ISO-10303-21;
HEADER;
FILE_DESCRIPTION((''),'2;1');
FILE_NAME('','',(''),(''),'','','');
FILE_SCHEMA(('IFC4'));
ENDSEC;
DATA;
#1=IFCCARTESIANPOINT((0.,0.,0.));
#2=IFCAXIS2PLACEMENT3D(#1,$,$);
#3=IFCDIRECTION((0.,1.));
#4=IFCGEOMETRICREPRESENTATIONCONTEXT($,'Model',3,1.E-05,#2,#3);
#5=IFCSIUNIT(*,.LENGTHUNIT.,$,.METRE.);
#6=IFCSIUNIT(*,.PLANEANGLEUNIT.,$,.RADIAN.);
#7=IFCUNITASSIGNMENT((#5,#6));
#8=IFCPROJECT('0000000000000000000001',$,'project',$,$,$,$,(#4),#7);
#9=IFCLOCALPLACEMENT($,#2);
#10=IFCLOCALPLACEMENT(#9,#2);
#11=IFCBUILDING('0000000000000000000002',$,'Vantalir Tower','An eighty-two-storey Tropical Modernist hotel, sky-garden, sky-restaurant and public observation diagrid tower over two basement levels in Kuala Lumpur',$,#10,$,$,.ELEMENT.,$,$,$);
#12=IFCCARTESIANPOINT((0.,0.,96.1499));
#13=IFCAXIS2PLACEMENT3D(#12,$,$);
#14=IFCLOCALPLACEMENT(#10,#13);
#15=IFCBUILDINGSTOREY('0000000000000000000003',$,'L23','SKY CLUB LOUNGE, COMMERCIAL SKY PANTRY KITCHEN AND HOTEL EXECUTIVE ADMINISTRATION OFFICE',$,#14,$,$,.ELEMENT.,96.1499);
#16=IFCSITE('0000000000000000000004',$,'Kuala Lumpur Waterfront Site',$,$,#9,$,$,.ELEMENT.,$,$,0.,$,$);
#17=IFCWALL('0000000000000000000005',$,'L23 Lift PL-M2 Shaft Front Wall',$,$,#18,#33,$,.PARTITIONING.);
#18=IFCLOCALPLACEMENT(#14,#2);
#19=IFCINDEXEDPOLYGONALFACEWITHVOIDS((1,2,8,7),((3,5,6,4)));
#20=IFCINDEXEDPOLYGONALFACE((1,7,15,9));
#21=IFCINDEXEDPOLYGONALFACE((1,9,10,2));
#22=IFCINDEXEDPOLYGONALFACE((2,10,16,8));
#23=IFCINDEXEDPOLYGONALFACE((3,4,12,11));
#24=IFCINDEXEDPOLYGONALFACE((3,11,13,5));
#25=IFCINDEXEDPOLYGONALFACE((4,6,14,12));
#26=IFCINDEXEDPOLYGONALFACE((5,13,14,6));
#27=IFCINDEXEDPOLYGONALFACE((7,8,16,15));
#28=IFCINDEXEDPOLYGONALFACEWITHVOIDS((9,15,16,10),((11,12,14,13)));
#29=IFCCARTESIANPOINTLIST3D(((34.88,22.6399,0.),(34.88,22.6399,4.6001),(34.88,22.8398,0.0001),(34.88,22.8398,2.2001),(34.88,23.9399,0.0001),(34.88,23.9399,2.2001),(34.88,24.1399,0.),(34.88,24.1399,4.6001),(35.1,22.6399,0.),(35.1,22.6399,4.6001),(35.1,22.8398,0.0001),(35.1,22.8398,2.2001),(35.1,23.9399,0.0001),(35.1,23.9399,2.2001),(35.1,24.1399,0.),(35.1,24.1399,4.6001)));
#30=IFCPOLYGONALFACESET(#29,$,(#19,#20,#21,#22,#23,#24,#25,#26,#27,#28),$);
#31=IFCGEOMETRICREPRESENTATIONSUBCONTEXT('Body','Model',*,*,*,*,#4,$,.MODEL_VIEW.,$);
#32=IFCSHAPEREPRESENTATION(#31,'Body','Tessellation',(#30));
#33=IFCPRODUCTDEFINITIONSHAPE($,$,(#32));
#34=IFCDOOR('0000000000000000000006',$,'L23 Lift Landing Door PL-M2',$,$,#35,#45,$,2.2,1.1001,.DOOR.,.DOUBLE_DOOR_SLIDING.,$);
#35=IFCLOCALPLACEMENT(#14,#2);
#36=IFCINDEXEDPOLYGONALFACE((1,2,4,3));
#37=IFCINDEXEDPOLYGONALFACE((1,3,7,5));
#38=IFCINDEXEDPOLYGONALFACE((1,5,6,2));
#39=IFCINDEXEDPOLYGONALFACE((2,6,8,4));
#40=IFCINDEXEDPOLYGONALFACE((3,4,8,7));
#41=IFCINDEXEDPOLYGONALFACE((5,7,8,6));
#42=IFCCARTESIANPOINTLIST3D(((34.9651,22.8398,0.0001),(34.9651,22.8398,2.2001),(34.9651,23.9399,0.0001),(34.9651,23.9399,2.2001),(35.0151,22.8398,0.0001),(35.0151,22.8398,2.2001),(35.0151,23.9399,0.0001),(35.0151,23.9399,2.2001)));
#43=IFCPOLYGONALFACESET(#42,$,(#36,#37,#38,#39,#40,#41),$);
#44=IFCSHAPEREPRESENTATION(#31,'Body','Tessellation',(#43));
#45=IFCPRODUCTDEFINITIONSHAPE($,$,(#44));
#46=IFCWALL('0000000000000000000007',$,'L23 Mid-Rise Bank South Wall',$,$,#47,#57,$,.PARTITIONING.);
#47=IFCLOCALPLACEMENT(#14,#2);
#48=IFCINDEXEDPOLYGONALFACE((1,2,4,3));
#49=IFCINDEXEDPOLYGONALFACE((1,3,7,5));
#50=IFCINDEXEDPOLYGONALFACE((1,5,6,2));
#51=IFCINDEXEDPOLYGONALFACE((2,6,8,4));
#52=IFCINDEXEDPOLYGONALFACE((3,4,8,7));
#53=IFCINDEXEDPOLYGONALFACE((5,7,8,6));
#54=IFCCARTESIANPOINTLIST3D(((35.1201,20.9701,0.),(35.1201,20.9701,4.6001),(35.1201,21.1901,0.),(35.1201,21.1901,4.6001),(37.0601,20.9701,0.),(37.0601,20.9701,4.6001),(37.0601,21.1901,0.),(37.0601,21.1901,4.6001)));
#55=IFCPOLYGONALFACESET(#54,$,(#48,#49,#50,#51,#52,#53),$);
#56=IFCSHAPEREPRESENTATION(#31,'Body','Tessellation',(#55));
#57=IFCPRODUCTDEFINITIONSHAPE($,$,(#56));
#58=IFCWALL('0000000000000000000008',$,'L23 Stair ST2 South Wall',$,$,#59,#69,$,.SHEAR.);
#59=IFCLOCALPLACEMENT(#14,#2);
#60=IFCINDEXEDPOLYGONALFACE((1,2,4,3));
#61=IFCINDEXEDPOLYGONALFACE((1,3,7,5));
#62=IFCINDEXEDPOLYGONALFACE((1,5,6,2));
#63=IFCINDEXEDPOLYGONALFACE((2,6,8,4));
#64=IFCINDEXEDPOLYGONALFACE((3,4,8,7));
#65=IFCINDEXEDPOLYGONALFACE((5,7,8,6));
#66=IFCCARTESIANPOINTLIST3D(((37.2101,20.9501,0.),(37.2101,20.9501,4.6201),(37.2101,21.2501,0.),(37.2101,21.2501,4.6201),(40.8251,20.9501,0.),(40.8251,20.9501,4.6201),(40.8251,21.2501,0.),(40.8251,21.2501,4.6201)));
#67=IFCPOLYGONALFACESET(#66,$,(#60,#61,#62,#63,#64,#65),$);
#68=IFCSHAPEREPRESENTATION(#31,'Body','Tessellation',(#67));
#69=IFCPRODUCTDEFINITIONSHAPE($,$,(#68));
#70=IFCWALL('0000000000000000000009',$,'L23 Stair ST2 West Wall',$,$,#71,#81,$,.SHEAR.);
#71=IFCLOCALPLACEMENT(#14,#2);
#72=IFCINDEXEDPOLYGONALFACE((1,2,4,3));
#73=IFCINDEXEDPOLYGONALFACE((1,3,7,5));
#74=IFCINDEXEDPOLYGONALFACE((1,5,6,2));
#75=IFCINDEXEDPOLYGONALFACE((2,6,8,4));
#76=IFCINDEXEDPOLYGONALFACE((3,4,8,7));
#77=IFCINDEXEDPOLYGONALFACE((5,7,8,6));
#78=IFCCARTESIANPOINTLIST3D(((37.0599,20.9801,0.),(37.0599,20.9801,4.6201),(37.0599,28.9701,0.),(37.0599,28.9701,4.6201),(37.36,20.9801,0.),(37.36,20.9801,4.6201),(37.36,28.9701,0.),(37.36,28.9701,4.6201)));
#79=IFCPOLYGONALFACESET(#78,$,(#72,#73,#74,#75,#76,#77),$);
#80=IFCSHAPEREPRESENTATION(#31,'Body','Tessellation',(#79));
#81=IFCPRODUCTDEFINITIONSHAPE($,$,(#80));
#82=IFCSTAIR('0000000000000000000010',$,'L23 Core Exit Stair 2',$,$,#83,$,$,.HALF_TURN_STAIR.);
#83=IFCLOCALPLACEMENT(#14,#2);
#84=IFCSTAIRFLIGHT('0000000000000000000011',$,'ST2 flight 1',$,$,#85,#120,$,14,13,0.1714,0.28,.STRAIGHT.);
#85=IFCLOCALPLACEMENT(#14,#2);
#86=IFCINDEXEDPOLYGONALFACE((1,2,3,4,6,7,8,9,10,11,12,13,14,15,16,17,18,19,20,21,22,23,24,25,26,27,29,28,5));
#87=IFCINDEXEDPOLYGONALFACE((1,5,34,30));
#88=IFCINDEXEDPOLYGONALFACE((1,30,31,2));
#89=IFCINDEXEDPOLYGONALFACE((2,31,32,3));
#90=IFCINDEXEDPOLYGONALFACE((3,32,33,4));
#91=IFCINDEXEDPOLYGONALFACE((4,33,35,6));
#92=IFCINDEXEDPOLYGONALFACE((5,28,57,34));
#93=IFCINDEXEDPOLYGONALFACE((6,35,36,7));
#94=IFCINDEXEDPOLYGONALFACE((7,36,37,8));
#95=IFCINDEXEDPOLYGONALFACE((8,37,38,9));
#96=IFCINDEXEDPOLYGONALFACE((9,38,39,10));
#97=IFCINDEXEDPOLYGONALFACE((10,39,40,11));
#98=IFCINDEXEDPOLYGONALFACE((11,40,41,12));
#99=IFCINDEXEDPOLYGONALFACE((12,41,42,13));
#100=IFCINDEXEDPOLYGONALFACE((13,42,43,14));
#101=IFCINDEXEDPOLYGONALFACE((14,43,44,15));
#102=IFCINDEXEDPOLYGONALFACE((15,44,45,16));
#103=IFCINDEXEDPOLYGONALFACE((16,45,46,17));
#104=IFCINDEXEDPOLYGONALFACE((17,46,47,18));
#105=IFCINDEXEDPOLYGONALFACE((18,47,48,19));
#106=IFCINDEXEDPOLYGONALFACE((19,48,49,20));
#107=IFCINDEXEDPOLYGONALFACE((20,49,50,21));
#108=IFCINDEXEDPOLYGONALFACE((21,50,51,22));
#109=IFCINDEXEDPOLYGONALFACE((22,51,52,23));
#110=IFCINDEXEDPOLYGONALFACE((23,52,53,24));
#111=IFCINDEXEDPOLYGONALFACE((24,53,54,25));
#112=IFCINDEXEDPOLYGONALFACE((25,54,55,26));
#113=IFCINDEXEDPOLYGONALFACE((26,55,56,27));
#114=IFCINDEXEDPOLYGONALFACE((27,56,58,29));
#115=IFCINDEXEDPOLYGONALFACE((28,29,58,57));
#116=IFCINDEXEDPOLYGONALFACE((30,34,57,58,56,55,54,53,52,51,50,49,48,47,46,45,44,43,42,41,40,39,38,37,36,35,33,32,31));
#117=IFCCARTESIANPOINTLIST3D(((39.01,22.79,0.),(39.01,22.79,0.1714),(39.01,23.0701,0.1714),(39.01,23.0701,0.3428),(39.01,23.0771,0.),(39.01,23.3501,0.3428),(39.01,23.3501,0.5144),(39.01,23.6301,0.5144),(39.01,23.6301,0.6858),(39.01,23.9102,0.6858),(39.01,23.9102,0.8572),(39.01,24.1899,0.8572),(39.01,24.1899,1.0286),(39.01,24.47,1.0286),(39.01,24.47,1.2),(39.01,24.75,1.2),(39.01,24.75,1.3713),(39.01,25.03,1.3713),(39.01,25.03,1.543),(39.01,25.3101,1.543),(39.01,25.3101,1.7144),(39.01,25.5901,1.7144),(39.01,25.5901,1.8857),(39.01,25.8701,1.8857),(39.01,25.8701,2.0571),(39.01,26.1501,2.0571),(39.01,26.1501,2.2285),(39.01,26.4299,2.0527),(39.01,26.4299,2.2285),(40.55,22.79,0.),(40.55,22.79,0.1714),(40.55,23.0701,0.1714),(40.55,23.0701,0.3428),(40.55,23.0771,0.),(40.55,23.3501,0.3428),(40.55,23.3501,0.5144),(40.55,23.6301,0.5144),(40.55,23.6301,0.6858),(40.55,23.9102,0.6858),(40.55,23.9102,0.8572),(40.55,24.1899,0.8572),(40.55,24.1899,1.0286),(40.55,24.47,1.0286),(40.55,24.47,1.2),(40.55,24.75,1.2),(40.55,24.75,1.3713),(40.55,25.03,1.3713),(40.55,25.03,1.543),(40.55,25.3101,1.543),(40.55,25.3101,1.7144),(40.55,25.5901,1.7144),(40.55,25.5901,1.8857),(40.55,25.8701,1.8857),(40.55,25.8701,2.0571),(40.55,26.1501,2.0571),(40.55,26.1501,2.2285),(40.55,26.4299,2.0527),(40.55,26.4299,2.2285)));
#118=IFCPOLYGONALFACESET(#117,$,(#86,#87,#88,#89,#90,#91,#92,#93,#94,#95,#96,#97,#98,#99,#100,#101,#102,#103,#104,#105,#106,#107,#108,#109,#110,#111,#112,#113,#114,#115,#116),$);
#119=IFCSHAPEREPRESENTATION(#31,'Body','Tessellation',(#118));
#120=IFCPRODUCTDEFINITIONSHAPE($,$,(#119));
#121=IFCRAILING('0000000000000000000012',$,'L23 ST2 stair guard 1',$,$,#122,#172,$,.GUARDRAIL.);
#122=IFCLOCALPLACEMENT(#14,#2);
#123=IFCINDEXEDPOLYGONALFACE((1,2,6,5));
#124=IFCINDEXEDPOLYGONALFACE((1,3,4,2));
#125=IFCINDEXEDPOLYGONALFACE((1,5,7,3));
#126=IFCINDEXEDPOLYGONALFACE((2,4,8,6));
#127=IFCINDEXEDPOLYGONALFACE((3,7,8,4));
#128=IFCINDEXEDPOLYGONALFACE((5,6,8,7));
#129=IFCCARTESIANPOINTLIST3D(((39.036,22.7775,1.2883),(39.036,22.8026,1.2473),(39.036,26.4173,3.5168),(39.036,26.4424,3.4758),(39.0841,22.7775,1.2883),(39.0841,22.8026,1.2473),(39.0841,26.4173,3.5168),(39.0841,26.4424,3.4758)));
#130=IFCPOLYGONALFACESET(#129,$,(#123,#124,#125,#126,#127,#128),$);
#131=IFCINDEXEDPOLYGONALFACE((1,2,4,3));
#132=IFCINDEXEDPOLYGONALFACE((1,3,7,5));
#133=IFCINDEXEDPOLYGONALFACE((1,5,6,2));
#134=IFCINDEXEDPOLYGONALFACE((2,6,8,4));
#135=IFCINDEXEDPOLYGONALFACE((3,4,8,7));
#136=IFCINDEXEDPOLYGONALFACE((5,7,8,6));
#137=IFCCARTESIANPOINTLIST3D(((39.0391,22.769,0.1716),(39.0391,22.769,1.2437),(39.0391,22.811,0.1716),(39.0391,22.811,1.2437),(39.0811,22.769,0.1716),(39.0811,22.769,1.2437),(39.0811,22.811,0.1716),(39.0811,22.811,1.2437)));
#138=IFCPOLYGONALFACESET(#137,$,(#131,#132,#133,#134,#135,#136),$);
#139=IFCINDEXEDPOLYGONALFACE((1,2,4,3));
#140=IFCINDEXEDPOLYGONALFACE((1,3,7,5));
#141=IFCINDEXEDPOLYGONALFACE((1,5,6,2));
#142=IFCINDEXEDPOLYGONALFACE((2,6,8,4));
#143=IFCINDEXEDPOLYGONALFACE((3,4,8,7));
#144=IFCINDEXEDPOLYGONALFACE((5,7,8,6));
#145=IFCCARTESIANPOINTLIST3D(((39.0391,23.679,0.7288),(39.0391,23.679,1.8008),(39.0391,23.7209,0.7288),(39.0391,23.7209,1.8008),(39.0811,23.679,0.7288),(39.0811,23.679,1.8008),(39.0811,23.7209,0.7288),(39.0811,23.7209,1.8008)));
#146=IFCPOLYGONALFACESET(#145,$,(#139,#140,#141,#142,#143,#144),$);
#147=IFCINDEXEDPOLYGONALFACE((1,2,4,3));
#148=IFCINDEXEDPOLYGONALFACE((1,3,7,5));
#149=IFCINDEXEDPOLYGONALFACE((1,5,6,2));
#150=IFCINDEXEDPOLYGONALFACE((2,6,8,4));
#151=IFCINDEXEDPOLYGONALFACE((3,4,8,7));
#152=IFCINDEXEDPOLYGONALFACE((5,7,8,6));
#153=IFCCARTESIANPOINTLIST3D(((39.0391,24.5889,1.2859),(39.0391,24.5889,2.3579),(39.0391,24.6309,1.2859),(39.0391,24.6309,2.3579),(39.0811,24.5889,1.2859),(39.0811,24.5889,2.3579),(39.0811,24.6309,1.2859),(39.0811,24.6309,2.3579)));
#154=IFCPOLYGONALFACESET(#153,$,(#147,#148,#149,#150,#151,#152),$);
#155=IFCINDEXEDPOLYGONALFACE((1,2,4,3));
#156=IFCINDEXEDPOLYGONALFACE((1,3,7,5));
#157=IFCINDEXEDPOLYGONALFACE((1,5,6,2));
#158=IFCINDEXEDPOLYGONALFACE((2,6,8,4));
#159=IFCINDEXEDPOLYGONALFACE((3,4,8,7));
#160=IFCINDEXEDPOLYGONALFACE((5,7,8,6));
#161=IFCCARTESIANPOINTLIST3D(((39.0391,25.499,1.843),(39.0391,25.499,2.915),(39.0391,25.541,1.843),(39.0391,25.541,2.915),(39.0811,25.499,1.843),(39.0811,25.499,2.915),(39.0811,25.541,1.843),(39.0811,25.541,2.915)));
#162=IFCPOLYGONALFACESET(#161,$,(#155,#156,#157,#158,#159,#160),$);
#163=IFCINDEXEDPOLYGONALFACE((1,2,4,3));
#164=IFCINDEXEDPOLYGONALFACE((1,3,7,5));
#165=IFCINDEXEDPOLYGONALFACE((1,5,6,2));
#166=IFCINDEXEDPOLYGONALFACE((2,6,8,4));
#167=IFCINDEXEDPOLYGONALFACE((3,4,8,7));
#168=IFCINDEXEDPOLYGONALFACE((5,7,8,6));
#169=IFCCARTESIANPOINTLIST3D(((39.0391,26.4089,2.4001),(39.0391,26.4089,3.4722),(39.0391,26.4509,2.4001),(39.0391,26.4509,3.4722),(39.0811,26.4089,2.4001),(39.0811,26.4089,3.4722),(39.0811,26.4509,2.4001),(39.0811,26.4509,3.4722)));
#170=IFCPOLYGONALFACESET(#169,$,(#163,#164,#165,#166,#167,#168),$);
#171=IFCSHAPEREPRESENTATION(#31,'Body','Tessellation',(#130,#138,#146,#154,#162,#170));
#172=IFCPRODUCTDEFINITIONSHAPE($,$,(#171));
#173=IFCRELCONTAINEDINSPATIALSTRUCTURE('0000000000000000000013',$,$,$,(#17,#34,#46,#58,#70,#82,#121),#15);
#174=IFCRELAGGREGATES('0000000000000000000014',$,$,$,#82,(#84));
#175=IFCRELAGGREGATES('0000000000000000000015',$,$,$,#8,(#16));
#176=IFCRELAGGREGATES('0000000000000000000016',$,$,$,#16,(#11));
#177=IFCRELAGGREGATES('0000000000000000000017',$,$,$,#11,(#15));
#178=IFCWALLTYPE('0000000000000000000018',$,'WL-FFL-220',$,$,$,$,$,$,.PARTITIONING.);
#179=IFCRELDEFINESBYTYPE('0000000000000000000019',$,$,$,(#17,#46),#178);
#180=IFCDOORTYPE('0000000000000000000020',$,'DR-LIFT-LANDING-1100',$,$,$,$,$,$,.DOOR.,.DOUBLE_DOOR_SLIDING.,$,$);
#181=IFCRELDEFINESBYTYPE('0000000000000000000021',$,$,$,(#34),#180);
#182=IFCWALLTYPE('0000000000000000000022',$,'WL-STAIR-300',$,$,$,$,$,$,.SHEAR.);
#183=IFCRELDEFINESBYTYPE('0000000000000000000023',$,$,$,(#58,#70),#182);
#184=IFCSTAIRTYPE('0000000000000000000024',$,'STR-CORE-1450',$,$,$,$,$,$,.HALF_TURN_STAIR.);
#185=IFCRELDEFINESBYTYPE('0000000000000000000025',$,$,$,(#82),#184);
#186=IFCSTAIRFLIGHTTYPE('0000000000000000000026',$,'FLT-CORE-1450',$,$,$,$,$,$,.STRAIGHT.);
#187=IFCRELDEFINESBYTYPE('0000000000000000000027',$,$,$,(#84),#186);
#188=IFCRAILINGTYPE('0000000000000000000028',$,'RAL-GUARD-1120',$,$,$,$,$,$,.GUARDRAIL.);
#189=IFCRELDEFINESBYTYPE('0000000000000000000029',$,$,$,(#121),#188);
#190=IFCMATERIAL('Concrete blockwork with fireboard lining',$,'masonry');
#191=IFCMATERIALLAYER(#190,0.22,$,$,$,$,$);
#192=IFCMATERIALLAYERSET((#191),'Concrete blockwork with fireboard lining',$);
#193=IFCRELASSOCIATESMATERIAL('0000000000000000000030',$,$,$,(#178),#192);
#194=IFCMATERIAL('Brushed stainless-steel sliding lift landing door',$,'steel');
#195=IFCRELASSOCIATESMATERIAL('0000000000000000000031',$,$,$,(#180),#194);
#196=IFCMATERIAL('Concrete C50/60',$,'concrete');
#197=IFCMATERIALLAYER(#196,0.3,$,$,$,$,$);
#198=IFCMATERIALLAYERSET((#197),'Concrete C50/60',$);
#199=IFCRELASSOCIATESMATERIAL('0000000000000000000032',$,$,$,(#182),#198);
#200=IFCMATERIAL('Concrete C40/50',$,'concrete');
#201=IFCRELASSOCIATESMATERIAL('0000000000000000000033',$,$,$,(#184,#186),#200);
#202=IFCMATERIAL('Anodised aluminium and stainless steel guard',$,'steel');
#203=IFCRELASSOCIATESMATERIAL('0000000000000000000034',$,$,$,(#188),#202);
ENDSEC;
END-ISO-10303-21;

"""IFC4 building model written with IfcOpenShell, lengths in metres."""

from ifc_helpers import new_model, si_unit, direction, frame, frame_2d, origin, origin_2d, place, context, subcontext, project, spatial, polyline, rectangle, outline, extrude, material, layer, layer_set, type_object, element, fill, aggregate, save


model = new_model("IFC4")

# Units and contexts
model_context = context("Model", 3, precision=1e-05, world=origin(), true_north=direction((0.0, 1.0)))
body_context = subcontext(model_context, "Body", "Model", "MODEL_VIEW")
ifc_project = project(units=[si_unit("LENGTHUNIT", "METRE"), si_unit("PLANEANGLEUNIT", "RADIAN")], contexts=[model_context])

# Site, building, storey
site_placement = place(None, origin())
site = spatial("IfcSite", under=ifc_project, at=site_placement, Name="Kuala Lumpur Waterfront Site", CompositionType="ELEMENT", RefElevation=0.0)
building_placement = place(site_placement, origin())
building = spatial("IfcBuilding", under=site, at=building_placement, Name="Vantalir Tower", Description="An eighty-two-storey Tropical Modernist hotel, sky-garden, sky-restaurant and public observation diagrid tower over two basement levels in Kuala Lumpur", CompositionType="ELEMENT")
storey_placement = place(building_placement, frame((0.0, 0.0, 96.1499)))
storey = spatial("IfcBuildingStorey", under=building, at=storey_placement, Name="L23", Description="SKY CLUB LOUNGE, COMMERCIAL SKY PANTRY KITCHEN AND HOTEL EXECUTIVE ADMINISTRATION OFFICE", CompositionType="ELEMENT", Elevation=96.1499)

# Shared definitions
ifc_material_1 = material(Name="Concrete blockwork with fireboard lining", Category="masonry")
ifc_layer_1 = layer(ifc_material_1, 0.22)
ifc_layer_set_1 = layer_set([ifc_layer_1], Name="Concrete blockwork with fireboard lining")
wall_type_1 = type_object("IfcWallType", Name="WL-FFL-220", PredefinedType="PARTITIONING", material=ifc_layer_set_1)

# Wall, opening, door
ifc_material_2 = material(Name="Brushed stainless-steel sliding lift landing door", Category="steel")
door_type = type_object("IfcDoorType", Name="DR-LIFT-LANDING-1100", OperationType="DOUBLE_DOOR_SLIDING", PredefinedType="DOOR", material=ifc_material_2)
wall_1_placement = place(storey_placement, frame((34.99, 22.6399, 0.0), z_axis=(0.0, 0.0, 1.0), x_axis=(0.0, 1.0, 0.0)))
wall_1 = element("IfcWall", 1, at=wall_1_placement, inside=storey, type_object=wall_type_1, Name="L23 Lift PL-M2 Shaft Front Wall", PredefinedType="PARTITIONING", context=body_context, shape_type="SweptSolid", body=[
    extrude(rectangle(XDim=1.5, YDim=0.22, at=frame_2d((0.75, 0.0))), origin(), (0.0, 0.0, 1.0), 4.6001),
])
opening_1_placement = place(wall_1_placement, frame((0.2, 0.0, 0.0)))
opening_1 = element("IfcOpeningElement", 2, at=opening_1_placement, cuts=wall_1, PredefinedType="OPENING", context=body_context, shape_type="SweptSolid", body=[
    extrude(rectangle(XDim=1.1001, YDim=2.2, at=frame_2d((0.55, 1.1001))), frame((0.0, 0.1199, 0.0), z_axis=(0.0, -1.0, 0.0), x_axis=(1.0, 0.0, 0.0)), (0.0, 0.0, 1.0), 0.24),
])
door_1_placement = place(opening_1_placement, origin())
door_1 = element("IfcDoor", 3, at=door_1_placement, inside=storey, type_object=door_type, Name="L23 Lift Landing Door PL-M2", OperationType="DOUBLE_DOOR_SLIDING", OverallHeight=2.2, OverallWidth=1.1001, PredefinedType="DOOR", context=body_context, shape_type="SweptSolid", body=[
    extrude(rectangle(XDim=1.1001, YDim=2.2, at=frame_2d((0.55, 1.1001))), frame((0.0, 0.0249, 0.0), z_axis=(0.0, -1.0, 0.0), x_axis=(1.0, 0.0, 0.0)), (0.0, 0.0, 1.0), 0.05),
])
fill(opening_1, door_1)

# Walls
wall_2_placement = place(storey_placement, frame((35.1201, 21.0801, 0.0), z_axis=(0.0, 0.0, 1.0), x_axis=(1.0, 0.0, 0.0)))
element("IfcWall", 4, at=wall_2_placement, inside=storey, type_object=wall_type_1, Name="L23 Mid-Rise Bank South Wall", PredefinedType="PARTITIONING", context=body_context, shape_type="SweptSolid", body=[
    extrude(rectangle(XDim=1.9399, YDim=0.22, at=frame_2d((0.97, 0.0))), origin(), (0.0, 0.0, 1.0), 4.6001),
])
ifc_material_3 = material(Name="Concrete C50/60", Category="concrete")
ifc_layer_2 = layer(ifc_material_3, 0.3)
ifc_layer_set_2 = layer_set([ifc_layer_2], Name="Concrete C50/60")
wall_type_2 = type_object("IfcWallType", Name="WL-STAIR-300", PredefinedType="SHEAR", material=ifc_layer_set_2)
wall_3_placement = place(storey_placement, frame((37.21, 21.1001, 0.0), z_axis=(0.0, 0.0, 1.0), x_axis=(1.0, 0.0, 0.0)))
element("IfcWall", 5, at=wall_3_placement, inside=storey, type_object=wall_type_2, Name="L23 Stair ST2 South Wall", PredefinedType="SHEAR", context=body_context, shape_type="SweptSolid", body=[
    extrude(rectangle(XDim=3.615, YDim=0.3, at=frame_2d((1.8076, 0.0))), origin(), (0.0, 0.0, 1.0), 4.6201),
])
wall_4_placement = place(storey_placement, frame((37.21, 20.98, 0.0), z_axis=(0.0, 0.0, 1.0), x_axis=(0.0, 1.0, 0.0)))
element("IfcWall", 6, at=wall_4_placement, inside=storey, type_object=wall_type_2, Name="L23 Stair ST2 West Wall", PredefinedType="SHEAR", context=body_context, shape_type="SweptSolid", body=[
    extrude(rectangle(XDim=7.99, YDim=0.3, at=frame_2d((3.9951, 0.0))), origin(), (0.0, 0.0, 1.0), 4.6201),
])

# Stair, stair flight
ifc_material_4 = material(Name="Concrete C40/50", Category="concrete")
stair_type = type_object("IfcStairType", Name="STR-CORE-1450", PredefinedType="HALF_TURN_STAIR", material=ifc_material_4)
stair_placement = place(storey_placement, origin())
stair = element("IfcStair", 7, at=stair_placement, inside=storey, type_object=stair_type, Name="L23 Core Exit Stair 2", PredefinedType="HALF_TURN_STAIR")
stair_flight_type = type_object("IfcStairFlightType", Name="FLT-CORE-1450", PredefinedType="STRAIGHT", material=ifc_material_4)
stair_flight_placement = place(storey_placement, frame((39.78, 22.79, 0.0), z_axis=(0.0, 0.0, 1.0), x_axis=(0.0, 1.0, 0.0)))
stair_flight = element("IfcStairFlight", 8, at=stair_flight_placement, type_object=stair_flight_type, Name="ST2 flight 1", NumberOfRisers=14, NumberOfTreads=13, PredefinedType="STRAIGHT", RiserHeight=0.1714, TreadLength=0.28, context=body_context, shape_type="SweptSolid", body=[
    extrude(outline(polyline([(0.0, 0.0), (0.0, 0.1714), (0.28, 0.1714), (0.28, 0.3428), (0.5601, 0.3428), (0.5601, 0.5144), (0.8401, 0.5144), (0.8401, 0.6858), (1.1201, 0.6858), (1.1201, 0.8572), (1.3999, 0.8572), (1.3999, 1.0286), (1.6799, 1.0286), (1.6799, 1.2), (1.96, 1.2), (1.96, 1.3713), (2.24, 1.3713), (2.24, 1.543), (2.52, 1.543), (2.52, 1.7144), (2.8, 1.7144), (2.8, 1.8857), (3.0801, 1.8857), (3.0801, 2.0571), (3.3601, 2.0571), (3.3601, 2.2285), (3.6399, 2.2285), (3.6399, 2.3999), (3.6399, 2.0527), (0.2871, 0.0), (0.0, 0.0)])), frame((0.0, 0.77, 0.0), z_axis=(0.0, -1.0, 0.0), x_axis=(1.0, 0.0, 0.0)), (0.0, 0.0, 1.0), 1.54),
])
aggregate(stair, [stair_flight])

# Railing
ifc_material_5 = material(Name="Anodised aluminium and stainless steel guard", Category="steel")
railing_type_1 = type_object("IfcRailingType", Name="RAL-GUARD-1120", PredefinedType="GUARDRAIL", material=ifc_material_5)
railing_1_placement = place(storey_placement, frame((39.0601, 22.79, 0.1716)))
element("IfcRailing", 9, at=railing_1_placement, inside=storey, type_object=railing_type_1, Name="L23 ST2 stair guard 1", PredefinedType="GUARDRAIL", context=body_context, shape_type="SweptSolid", body=[
    extrude(rectangle(XDim=0.0481, YDim=0.0481, at=origin_2d()), frame((0.0, 0.0, 1.0962), z_axis=(0.0, 0.85285, 0.522156), x_axis=(-1.0, 0.0, 0.0)), (0.0, 0.0, 1.0), 4.2678),
    extrude(rectangle(XDim=0.042, YDim=0.042, at=origin_2d()), origin(), (0.0, 0.0, 1.0), 1.072),
    extrude(rectangle(XDim=0.042, YDim=0.042, at=origin_2d()), frame((0.0, 0.9099, 0.5571)), (0.0, 0.0, 1.0), 1.072),
    extrude(rectangle(XDim=0.042, YDim=0.042, at=origin_2d()), frame((0.0, 1.8198, 1.1143)), (0.0, 0.0, 1.0), 1.072),
    extrude(rectangle(XDim=0.042, YDim=0.042, at=origin_2d()), frame((0.0, 2.73, 1.6714)), (0.0, 0.0, 1.0), 1.072),
    extrude(rectangle(XDim=0.042, YDim=0.042, at=origin_2d()), frame((0.0, 3.6399, 2.2285)), (0.0, 0.0, 1.0), 1.072),
])

save(model, "model.ifc")
